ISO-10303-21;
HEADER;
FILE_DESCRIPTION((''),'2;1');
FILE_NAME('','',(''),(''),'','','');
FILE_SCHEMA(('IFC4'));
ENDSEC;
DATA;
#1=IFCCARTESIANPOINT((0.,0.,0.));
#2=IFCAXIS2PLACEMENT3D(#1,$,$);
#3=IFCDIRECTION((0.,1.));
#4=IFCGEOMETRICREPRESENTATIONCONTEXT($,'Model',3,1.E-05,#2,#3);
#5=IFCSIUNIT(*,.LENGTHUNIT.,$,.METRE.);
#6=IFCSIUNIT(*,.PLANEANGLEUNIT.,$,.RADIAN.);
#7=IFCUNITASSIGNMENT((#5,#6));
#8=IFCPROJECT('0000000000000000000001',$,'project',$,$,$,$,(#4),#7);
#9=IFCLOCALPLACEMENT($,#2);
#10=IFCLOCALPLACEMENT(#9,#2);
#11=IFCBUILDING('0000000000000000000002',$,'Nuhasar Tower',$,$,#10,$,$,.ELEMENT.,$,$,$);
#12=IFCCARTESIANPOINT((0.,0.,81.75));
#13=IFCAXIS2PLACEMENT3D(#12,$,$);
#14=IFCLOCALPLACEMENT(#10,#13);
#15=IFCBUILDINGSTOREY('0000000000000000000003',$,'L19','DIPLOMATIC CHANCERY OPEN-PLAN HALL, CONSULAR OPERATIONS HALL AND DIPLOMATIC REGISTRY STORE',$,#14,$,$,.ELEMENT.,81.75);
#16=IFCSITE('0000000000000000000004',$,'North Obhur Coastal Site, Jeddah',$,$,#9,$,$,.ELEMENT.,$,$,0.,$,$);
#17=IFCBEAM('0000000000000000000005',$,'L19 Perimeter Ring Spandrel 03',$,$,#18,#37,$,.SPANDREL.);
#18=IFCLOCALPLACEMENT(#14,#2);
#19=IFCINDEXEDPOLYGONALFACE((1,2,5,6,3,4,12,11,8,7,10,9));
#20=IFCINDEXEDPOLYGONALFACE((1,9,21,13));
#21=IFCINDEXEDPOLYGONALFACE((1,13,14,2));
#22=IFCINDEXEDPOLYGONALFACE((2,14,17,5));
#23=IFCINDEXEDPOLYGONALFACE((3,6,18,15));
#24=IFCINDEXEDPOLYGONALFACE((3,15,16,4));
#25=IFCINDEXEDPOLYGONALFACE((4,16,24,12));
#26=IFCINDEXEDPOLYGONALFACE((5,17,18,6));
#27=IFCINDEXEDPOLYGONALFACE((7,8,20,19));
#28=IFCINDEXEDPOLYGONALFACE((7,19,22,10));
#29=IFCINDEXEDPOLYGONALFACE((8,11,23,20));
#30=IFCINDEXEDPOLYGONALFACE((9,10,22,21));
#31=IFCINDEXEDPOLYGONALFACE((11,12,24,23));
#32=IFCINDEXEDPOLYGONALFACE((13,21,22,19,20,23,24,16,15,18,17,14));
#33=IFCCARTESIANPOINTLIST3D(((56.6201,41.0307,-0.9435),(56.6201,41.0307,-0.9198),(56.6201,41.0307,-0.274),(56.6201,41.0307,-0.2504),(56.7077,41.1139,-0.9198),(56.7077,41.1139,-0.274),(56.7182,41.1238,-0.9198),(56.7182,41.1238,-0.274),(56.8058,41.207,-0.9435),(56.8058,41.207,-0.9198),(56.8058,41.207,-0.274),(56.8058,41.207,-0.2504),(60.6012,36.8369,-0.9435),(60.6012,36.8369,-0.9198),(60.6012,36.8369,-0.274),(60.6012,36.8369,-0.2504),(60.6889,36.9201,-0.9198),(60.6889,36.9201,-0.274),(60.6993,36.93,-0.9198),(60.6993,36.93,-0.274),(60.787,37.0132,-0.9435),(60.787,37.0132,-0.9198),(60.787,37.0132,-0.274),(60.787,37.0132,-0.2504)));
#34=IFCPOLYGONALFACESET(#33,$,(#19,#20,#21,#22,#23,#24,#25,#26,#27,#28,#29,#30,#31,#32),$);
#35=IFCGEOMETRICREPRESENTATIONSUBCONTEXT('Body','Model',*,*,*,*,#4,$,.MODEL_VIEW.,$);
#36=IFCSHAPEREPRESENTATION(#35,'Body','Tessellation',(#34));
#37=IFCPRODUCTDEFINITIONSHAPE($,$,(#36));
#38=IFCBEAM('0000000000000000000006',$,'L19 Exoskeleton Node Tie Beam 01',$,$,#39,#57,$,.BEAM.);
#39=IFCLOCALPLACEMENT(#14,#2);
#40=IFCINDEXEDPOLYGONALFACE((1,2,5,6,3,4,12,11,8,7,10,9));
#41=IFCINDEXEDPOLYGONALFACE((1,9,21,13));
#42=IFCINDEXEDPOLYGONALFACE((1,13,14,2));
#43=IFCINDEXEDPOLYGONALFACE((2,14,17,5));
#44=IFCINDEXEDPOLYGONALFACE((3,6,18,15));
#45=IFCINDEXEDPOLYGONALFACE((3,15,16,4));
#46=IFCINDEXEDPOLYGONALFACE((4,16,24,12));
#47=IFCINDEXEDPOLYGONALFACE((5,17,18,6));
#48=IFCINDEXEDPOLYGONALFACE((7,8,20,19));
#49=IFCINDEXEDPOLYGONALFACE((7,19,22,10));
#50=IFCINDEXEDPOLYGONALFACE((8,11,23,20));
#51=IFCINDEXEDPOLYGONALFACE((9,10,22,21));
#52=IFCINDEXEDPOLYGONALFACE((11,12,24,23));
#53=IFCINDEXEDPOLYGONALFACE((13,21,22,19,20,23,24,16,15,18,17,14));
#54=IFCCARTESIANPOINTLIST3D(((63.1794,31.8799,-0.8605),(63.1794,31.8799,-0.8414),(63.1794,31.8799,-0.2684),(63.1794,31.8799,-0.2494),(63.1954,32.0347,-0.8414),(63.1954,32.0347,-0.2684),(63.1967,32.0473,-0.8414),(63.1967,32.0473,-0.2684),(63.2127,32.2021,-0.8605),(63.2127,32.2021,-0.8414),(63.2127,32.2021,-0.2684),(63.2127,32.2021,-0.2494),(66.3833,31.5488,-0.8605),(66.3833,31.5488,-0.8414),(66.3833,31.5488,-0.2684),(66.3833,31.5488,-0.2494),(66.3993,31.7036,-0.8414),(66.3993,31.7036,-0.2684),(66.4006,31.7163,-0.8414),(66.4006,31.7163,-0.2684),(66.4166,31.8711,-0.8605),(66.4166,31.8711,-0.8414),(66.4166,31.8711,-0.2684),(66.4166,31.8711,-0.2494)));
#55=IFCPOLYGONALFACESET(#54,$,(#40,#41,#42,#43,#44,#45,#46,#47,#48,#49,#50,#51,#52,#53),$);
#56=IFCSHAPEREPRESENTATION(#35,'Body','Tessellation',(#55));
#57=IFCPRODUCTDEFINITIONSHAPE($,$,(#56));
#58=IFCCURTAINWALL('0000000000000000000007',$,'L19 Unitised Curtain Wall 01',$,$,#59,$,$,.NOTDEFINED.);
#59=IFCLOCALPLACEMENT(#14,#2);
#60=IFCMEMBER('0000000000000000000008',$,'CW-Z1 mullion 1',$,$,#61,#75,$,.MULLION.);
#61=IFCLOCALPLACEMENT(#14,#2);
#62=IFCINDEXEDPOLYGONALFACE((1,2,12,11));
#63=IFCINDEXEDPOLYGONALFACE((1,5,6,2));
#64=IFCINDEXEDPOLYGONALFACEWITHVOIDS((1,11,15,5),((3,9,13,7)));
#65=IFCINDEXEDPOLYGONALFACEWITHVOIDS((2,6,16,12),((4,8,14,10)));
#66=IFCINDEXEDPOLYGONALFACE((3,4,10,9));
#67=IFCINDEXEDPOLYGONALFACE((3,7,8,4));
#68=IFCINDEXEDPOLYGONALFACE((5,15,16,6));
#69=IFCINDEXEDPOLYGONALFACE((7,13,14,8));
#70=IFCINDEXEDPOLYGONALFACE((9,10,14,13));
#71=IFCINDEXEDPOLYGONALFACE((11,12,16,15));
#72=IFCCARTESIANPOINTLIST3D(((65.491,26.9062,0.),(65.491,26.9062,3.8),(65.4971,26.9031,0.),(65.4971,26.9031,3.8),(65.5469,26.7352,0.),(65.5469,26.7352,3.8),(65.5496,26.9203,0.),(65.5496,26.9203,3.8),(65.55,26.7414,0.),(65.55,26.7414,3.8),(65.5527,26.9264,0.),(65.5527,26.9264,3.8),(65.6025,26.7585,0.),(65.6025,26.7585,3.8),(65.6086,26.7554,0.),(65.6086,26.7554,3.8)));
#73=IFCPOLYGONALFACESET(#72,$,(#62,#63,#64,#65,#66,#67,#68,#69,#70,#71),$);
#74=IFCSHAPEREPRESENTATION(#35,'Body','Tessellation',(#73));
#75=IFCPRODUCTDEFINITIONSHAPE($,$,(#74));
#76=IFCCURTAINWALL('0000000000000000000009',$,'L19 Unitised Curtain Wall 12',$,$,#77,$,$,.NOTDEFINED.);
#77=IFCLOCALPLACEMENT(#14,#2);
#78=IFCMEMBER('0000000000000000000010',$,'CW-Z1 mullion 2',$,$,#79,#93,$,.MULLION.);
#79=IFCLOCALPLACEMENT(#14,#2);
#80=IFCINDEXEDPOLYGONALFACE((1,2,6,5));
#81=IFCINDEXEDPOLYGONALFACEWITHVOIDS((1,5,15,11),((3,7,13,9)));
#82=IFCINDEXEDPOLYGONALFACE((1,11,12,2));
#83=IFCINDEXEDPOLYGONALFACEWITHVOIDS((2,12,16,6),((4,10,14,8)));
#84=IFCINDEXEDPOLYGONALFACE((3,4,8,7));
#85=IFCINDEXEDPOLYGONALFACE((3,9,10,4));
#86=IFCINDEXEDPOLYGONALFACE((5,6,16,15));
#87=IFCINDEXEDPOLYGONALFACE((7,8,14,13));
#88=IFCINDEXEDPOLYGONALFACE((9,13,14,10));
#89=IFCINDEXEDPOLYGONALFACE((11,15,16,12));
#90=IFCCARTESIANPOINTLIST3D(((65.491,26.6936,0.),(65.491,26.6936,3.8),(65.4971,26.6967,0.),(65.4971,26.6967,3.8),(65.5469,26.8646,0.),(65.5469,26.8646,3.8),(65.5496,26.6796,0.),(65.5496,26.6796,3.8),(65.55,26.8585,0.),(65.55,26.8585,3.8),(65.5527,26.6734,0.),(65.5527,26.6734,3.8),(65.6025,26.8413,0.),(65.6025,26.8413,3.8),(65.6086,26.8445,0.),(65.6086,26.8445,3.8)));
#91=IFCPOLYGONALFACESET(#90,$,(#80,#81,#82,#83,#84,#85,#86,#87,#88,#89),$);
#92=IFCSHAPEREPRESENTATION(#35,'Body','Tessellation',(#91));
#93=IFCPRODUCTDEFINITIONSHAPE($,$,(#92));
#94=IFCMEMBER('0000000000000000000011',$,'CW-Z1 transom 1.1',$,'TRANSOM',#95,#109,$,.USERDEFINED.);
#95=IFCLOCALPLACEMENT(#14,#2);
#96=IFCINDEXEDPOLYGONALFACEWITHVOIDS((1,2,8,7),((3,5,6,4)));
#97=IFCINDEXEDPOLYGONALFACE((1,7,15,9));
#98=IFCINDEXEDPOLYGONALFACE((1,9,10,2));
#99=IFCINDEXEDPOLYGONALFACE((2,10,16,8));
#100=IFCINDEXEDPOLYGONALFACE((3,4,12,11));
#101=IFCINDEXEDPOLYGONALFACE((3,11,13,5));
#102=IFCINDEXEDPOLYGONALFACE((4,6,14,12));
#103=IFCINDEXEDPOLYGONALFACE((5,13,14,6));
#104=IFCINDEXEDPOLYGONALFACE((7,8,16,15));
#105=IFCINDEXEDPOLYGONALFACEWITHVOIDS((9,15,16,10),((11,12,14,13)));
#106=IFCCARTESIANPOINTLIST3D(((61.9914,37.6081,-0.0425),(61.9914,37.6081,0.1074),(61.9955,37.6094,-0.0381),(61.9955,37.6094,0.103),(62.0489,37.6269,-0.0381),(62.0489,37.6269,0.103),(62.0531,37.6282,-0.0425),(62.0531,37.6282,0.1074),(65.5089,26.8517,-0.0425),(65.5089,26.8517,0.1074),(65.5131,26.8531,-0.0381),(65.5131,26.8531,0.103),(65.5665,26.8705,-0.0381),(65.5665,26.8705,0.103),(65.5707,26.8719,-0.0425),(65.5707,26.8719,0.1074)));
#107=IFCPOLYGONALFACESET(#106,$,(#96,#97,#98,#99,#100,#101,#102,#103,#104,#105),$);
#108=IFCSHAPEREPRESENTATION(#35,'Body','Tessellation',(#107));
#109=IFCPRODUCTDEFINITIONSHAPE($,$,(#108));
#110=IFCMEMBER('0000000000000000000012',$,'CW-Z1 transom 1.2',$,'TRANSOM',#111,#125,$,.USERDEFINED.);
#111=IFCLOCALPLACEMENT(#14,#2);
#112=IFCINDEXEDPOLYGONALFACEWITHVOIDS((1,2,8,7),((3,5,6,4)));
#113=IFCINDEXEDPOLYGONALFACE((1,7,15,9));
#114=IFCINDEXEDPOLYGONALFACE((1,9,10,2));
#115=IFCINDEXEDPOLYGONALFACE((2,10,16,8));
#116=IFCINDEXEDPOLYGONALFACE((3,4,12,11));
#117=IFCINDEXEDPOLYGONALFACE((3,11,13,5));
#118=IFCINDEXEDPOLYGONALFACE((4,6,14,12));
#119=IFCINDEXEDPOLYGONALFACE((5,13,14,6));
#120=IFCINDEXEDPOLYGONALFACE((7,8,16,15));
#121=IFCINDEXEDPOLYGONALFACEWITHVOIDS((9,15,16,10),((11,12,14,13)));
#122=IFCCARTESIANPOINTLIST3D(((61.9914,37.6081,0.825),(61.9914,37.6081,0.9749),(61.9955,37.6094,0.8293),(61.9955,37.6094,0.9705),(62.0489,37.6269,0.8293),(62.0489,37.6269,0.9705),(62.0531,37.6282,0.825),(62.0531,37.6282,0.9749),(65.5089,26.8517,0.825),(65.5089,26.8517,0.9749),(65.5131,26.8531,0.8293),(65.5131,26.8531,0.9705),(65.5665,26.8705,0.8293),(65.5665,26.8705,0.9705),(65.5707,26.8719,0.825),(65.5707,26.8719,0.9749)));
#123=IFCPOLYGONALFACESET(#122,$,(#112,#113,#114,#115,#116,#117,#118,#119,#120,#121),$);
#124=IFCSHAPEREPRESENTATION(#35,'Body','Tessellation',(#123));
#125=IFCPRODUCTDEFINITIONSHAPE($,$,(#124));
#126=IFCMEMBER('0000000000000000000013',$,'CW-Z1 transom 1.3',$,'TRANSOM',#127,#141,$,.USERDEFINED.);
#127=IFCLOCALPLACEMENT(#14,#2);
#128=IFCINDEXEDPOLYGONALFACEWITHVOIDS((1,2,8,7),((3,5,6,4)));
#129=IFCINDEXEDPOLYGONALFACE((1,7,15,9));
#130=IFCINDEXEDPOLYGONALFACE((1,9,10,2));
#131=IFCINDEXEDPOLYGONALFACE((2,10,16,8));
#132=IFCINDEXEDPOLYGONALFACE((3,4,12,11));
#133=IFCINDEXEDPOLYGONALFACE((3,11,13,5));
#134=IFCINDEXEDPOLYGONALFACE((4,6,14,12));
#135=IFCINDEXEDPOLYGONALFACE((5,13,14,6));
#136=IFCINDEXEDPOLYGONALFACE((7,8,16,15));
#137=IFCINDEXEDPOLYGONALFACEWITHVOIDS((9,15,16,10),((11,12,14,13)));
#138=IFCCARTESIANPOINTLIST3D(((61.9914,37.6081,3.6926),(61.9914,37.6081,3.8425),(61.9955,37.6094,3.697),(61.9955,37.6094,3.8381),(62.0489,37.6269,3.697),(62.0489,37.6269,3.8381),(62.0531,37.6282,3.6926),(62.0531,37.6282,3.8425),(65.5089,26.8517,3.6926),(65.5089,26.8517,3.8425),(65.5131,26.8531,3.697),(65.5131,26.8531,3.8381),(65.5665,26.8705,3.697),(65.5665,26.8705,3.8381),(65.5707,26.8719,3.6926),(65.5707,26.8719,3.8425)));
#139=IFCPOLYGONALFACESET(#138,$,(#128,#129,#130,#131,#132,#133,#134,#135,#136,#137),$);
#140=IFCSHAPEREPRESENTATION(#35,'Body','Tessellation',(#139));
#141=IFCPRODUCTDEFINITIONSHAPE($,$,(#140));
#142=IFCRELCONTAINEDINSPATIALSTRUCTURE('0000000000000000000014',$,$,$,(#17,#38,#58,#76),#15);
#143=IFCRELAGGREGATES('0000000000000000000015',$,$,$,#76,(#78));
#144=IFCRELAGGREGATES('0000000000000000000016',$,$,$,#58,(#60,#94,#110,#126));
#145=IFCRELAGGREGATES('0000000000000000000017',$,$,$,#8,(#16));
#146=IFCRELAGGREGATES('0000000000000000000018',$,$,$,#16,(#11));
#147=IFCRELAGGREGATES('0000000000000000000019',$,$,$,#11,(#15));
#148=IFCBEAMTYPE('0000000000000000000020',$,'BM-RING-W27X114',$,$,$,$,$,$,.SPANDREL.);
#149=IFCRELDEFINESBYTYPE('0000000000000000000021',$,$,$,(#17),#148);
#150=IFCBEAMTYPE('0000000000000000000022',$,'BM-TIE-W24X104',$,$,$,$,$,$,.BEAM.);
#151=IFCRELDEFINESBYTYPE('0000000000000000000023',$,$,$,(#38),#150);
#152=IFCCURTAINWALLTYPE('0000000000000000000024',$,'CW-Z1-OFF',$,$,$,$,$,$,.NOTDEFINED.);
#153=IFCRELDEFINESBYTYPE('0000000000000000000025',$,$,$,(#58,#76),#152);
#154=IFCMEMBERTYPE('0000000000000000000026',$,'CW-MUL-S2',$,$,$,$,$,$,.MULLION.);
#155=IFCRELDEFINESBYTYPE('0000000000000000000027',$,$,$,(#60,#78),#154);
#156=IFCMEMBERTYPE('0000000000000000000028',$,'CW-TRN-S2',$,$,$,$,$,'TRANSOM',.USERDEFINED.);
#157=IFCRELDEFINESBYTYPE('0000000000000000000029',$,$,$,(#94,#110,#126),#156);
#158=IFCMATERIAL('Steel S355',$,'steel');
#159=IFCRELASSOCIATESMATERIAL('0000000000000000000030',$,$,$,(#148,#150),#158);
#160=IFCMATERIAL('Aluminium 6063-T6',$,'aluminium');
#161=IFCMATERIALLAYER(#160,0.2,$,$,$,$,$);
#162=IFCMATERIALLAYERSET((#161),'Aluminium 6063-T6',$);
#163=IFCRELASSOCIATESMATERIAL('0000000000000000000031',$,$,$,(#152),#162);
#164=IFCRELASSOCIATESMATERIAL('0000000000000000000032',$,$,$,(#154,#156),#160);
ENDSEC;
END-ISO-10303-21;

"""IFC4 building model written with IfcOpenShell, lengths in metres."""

from ifc_helpers import new_model, si_unit, direction, frame, origin, origin_2d, place, context, subcontext, project, spatial, hollow_rectangle, i_section, extrude, material, layer, layer_set, material_profile, profile_set, type_object, element, aggregate, save


model = new_model("IFC4")

# Units and contexts
model_context = context("Model", 3, precision=1e-05, world=origin(), true_north=direction((0.0, 1.0)))
body_context = subcontext(model_context, "Body", "Model", "MODEL_VIEW")
ifc_project = project(units=[si_unit("LENGTHUNIT", "METRE"), si_unit("PLANEANGLEUNIT", "RADIAN")], contexts=[model_context])

# Site, building, storey
site_placement = place(None, origin())
site = spatial("IfcSite", under=ifc_project, at=site_placement, Name="North Obhur Coastal Site, Jeddah", CompositionType="ELEMENT", RefElevation=0.0)
building_placement = place(site_placement, origin())
building = spatial("IfcBuilding", under=site, at=building_placement, Name="Nuhasar Tower", CompositionType="ELEMENT")
storey_placement = place(building_placement, frame((0.0, 0.0, 81.75)))
storey = spatial("IfcBuildingStorey", under=building, at=storey_placement, Name="L19", Description="DIPLOMATIC CHANCERY OPEN-PLAN HALL, CONSULAR OPERATIONS HALL AND DIPLOMATIC REGISTRY STORE", CompositionType="ELEMENT", Elevation=81.75)

# Beams
ifc_material_1 = material(Name="Steel S355", Category="steel")
ifc_material_profile_1 = material_profile(ifc_material_1, i_section(OverallWidth=0.2561, OverallDepth=0.6931, WebThickness=0.0144, FlangeThickness=0.0237, at=origin_2d()), Name="W27X114")
ifc_profile_set_1 = profile_set([ifc_material_profile_1], Name="Steel S355")
beam_type_1 = type_object("IfcBeamType", Name="BM-RING-W27X114", PredefinedType="SPANDREL", material=ifc_profile_set_1)
beam_1_placement = place(storey_placement, frame((60.6941, 36.925, -0.5969), z_axis=(-0.688481, 0.725254, 0.0), x_axis=(-0.725254, -0.688481, 0.0)))
element("IfcBeam", 1, at=beam_1_placement, inside=storey, type_object=beam_type_1, Name="L19 Perimeter Ring Spandrel 03", PredefinedType="SPANDREL", context=body_context, shape_type="SweptSolid", body=[
    extrude(i_section(OverallWidth=0.2561, OverallDepth=0.6931, WebThickness=0.0144, FlangeThickness=0.0237, at=origin_2d()), origin(), (0.0, 0.0, 1.0), 5.7825),
])
ifc_material_profile_2 = material_profile(ifc_material_1, i_section(OverallWidth=0.324, OverallDepth=0.6111, WebThickness=0.0127, FlangeThickness=0.019, at=origin_2d()), Name="W24X104")
ifc_profile_set_2 = profile_set([ifc_material_profile_2], Name="Steel S355")
beam_type_2 = type_object("IfcBeamType", Name="BM-TIE-W24X104", PredefinedType="BEAM", material=ifc_profile_set_2)
beam_2_placement = place(storey_placement, frame((63.196, 32.041, -0.5549), z_axis=(0.994704, -0.102783, 0.0), x_axis=(0.102783, 0.994704, 0.0)))
element("IfcBeam", 2, at=beam_2_placement, inside=storey, type_object=beam_type_2, Name="L19 Exoskeleton Node Tie Beam 01", PredefinedType="BEAM", context=body_context, shape_type="SweptSolid", body=[
    extrude(i_section(OverallWidth=0.324, OverallDepth=0.6111, WebThickness=0.0127, FlangeThickness=0.019, at=origin_2d()), origin(), (0.0, 0.0, 1.0), 3.2209),
])

# Curtain walls, members
ifc_material_2 = material(Name="Aluminium 6063-T6", Category="aluminium")
ifc_layer_1 = layer(ifc_material_2, 0.2)
ifc_layer_set_1 = layer_set([ifc_layer_1], Name="Aluminium 6063-T6")
curtain_wall_type = type_object("IfcCurtainWallType", Name="CW-Z1-OFF", PredefinedType="NOTDEFINED", material=ifc_layer_set_1)
curtain_wall_1_placement = place(storey_placement, origin())
curtain_wall_1 = element("IfcCurtainWall", 3, at=curtain_wall_1_placement, inside=storey, type_object=curtain_wall_type, Name="L19 Unitised Curtain Wall 01", PredefinedType="NOTDEFINED")
ifc_material_profile_3 = material_profile(ifc_material_2, hollow_rectangle(XDim=0.0649, YDim=0.1799, WallThickness=0.0049, at=origin_2d()), Name="CWM-2")
ifc_profile_set_3 = profile_set([ifc_material_profile_3], Name="Aluminium 6063-T6")
member_type_1 = type_object("IfcMemberType", Name="CW-MUL-S2", PredefinedType="MULLION", material=ifc_profile_set_3)
member_1_placement = place(storey_placement, frame((65.5498, 26.8308, 0.0), z_axis=(0.0, 0.0, 1.0), x_axis=(-0.950468, -0.310824, 0.0)))
member_1 = element("IfcMember", 4, at=member_1_placement, type_object=member_type_1, Name="CW-Z1 mullion 1", PredefinedType="MULLION", context=body_context, shape_type="SweptSolid", body=[
    extrude(hollow_rectangle(XDim=0.0649, YDim=0.1799, WallThickness=0.0049, at=origin_2d()), origin(), (0.0, 0.0, 1.0), 3.8),
])
curtain_wall_2_placement = place(storey_placement, origin())
curtain_wall_2 = element("IfcCurtainWall", 5, at=curtain_wall_2_placement, inside=storey, type_object=curtain_wall_type, Name="L19 Unitised Curtain Wall 12", PredefinedType="NOTDEFINED")
member_2_placement = place(storey_placement, frame((65.5498, 26.769, 0.0), z_axis=(0.0, 0.0, 1.0), x_axis=(-0.950468, 0.310824, 0.0)))
member_2 = element("IfcMember", 6, at=member_2_placement, type_object=member_type_1, Name="CW-Z1 mullion 2", PredefinedType="MULLION", context=body_context, shape_type="SweptSolid", body=[
    extrude(hollow_rectangle(XDim=0.0649, YDim=0.1799, WallThickness=0.0049, at=origin_2d()), origin(), (0.0, 0.0, 1.0), 3.8),
])
aggregate(curtain_wall_2, [member_2])

# Members
ifc_material_profile_4 = material_profile(ifc_material_2, hollow_rectangle(XDim=0.0649, YDim=0.1499, WallThickness=0.0044, at=origin_2d()), Name="CWT-2")
ifc_profile_set_4 = profile_set([ifc_material_profile_4], Name="Aluminium 6063-T6")
member_type_2 = type_object("IfcMemberType", Name="CW-TRN-S2", ElementType="TRANSOM", PredefinedType="USERDEFINED", material=ifc_profile_set_4)
member_3_placement = place(storey_placement, frame((65.5398, 26.8618, 0.0325), z_axis=(-0.310825, 0.950467, 0.0), x_axis=(-0.950467, -0.310825, 0.0)))
member_3 = element("IfcMember", 7, at=member_3_placement, type_object=member_type_2, Name="CW-Z1 transom 1.1", ObjectType="TRANSOM", PredefinedType="USERDEFINED", context=body_context, shape_type="SweptSolid", body=[
    extrude(hollow_rectangle(XDim=0.0649, YDim=0.1499, WallThickness=0.0044, at=origin_2d()), origin(), (0.0, 0.0, 1.0), 11.3169),
])
member_4_placement = place(storey_placement, frame((65.5398, 26.8618, 0.8999), z_axis=(-0.310825, 0.950467, 0.0), x_axis=(-0.950467, -0.310825, 0.0)))
member_4 = element("IfcMember", 8, at=member_4_placement, type_object=member_type_2, Name="CW-Z1 transom 1.2", ObjectType="TRANSOM", PredefinedType="USERDEFINED", context=body_context, shape_type="SweptSolid", body=[
    extrude(hollow_rectangle(XDim=0.0649, YDim=0.1499, WallThickness=0.0044, at=origin_2d()), origin(), (0.0, 0.0, 1.0), 11.3169),
])
member_5_placement = place(storey_placement, frame((65.5398, 26.8618, 3.7676), z_axis=(-0.310825, 0.950467, 0.0), x_axis=(-0.950467, -0.310825, 0.0)))
member_5 = element("IfcMember", 9, at=member_5_placement, type_object=member_type_2, Name="CW-Z1 transom 1.3", ObjectType="TRANSOM", PredefinedType="USERDEFINED", context=body_context, shape_type="SweptSolid", body=[
    extrude(hollow_rectangle(XDim=0.0649, YDim=0.1499, WallThickness=0.0044, at=origin_2d()), origin(), (0.0, 0.0, 1.0), 11.3169),
])

aggregate(curtain_wall_1, [member_1, member_3, member_4, member_5])

save(model, "model.ifc")
